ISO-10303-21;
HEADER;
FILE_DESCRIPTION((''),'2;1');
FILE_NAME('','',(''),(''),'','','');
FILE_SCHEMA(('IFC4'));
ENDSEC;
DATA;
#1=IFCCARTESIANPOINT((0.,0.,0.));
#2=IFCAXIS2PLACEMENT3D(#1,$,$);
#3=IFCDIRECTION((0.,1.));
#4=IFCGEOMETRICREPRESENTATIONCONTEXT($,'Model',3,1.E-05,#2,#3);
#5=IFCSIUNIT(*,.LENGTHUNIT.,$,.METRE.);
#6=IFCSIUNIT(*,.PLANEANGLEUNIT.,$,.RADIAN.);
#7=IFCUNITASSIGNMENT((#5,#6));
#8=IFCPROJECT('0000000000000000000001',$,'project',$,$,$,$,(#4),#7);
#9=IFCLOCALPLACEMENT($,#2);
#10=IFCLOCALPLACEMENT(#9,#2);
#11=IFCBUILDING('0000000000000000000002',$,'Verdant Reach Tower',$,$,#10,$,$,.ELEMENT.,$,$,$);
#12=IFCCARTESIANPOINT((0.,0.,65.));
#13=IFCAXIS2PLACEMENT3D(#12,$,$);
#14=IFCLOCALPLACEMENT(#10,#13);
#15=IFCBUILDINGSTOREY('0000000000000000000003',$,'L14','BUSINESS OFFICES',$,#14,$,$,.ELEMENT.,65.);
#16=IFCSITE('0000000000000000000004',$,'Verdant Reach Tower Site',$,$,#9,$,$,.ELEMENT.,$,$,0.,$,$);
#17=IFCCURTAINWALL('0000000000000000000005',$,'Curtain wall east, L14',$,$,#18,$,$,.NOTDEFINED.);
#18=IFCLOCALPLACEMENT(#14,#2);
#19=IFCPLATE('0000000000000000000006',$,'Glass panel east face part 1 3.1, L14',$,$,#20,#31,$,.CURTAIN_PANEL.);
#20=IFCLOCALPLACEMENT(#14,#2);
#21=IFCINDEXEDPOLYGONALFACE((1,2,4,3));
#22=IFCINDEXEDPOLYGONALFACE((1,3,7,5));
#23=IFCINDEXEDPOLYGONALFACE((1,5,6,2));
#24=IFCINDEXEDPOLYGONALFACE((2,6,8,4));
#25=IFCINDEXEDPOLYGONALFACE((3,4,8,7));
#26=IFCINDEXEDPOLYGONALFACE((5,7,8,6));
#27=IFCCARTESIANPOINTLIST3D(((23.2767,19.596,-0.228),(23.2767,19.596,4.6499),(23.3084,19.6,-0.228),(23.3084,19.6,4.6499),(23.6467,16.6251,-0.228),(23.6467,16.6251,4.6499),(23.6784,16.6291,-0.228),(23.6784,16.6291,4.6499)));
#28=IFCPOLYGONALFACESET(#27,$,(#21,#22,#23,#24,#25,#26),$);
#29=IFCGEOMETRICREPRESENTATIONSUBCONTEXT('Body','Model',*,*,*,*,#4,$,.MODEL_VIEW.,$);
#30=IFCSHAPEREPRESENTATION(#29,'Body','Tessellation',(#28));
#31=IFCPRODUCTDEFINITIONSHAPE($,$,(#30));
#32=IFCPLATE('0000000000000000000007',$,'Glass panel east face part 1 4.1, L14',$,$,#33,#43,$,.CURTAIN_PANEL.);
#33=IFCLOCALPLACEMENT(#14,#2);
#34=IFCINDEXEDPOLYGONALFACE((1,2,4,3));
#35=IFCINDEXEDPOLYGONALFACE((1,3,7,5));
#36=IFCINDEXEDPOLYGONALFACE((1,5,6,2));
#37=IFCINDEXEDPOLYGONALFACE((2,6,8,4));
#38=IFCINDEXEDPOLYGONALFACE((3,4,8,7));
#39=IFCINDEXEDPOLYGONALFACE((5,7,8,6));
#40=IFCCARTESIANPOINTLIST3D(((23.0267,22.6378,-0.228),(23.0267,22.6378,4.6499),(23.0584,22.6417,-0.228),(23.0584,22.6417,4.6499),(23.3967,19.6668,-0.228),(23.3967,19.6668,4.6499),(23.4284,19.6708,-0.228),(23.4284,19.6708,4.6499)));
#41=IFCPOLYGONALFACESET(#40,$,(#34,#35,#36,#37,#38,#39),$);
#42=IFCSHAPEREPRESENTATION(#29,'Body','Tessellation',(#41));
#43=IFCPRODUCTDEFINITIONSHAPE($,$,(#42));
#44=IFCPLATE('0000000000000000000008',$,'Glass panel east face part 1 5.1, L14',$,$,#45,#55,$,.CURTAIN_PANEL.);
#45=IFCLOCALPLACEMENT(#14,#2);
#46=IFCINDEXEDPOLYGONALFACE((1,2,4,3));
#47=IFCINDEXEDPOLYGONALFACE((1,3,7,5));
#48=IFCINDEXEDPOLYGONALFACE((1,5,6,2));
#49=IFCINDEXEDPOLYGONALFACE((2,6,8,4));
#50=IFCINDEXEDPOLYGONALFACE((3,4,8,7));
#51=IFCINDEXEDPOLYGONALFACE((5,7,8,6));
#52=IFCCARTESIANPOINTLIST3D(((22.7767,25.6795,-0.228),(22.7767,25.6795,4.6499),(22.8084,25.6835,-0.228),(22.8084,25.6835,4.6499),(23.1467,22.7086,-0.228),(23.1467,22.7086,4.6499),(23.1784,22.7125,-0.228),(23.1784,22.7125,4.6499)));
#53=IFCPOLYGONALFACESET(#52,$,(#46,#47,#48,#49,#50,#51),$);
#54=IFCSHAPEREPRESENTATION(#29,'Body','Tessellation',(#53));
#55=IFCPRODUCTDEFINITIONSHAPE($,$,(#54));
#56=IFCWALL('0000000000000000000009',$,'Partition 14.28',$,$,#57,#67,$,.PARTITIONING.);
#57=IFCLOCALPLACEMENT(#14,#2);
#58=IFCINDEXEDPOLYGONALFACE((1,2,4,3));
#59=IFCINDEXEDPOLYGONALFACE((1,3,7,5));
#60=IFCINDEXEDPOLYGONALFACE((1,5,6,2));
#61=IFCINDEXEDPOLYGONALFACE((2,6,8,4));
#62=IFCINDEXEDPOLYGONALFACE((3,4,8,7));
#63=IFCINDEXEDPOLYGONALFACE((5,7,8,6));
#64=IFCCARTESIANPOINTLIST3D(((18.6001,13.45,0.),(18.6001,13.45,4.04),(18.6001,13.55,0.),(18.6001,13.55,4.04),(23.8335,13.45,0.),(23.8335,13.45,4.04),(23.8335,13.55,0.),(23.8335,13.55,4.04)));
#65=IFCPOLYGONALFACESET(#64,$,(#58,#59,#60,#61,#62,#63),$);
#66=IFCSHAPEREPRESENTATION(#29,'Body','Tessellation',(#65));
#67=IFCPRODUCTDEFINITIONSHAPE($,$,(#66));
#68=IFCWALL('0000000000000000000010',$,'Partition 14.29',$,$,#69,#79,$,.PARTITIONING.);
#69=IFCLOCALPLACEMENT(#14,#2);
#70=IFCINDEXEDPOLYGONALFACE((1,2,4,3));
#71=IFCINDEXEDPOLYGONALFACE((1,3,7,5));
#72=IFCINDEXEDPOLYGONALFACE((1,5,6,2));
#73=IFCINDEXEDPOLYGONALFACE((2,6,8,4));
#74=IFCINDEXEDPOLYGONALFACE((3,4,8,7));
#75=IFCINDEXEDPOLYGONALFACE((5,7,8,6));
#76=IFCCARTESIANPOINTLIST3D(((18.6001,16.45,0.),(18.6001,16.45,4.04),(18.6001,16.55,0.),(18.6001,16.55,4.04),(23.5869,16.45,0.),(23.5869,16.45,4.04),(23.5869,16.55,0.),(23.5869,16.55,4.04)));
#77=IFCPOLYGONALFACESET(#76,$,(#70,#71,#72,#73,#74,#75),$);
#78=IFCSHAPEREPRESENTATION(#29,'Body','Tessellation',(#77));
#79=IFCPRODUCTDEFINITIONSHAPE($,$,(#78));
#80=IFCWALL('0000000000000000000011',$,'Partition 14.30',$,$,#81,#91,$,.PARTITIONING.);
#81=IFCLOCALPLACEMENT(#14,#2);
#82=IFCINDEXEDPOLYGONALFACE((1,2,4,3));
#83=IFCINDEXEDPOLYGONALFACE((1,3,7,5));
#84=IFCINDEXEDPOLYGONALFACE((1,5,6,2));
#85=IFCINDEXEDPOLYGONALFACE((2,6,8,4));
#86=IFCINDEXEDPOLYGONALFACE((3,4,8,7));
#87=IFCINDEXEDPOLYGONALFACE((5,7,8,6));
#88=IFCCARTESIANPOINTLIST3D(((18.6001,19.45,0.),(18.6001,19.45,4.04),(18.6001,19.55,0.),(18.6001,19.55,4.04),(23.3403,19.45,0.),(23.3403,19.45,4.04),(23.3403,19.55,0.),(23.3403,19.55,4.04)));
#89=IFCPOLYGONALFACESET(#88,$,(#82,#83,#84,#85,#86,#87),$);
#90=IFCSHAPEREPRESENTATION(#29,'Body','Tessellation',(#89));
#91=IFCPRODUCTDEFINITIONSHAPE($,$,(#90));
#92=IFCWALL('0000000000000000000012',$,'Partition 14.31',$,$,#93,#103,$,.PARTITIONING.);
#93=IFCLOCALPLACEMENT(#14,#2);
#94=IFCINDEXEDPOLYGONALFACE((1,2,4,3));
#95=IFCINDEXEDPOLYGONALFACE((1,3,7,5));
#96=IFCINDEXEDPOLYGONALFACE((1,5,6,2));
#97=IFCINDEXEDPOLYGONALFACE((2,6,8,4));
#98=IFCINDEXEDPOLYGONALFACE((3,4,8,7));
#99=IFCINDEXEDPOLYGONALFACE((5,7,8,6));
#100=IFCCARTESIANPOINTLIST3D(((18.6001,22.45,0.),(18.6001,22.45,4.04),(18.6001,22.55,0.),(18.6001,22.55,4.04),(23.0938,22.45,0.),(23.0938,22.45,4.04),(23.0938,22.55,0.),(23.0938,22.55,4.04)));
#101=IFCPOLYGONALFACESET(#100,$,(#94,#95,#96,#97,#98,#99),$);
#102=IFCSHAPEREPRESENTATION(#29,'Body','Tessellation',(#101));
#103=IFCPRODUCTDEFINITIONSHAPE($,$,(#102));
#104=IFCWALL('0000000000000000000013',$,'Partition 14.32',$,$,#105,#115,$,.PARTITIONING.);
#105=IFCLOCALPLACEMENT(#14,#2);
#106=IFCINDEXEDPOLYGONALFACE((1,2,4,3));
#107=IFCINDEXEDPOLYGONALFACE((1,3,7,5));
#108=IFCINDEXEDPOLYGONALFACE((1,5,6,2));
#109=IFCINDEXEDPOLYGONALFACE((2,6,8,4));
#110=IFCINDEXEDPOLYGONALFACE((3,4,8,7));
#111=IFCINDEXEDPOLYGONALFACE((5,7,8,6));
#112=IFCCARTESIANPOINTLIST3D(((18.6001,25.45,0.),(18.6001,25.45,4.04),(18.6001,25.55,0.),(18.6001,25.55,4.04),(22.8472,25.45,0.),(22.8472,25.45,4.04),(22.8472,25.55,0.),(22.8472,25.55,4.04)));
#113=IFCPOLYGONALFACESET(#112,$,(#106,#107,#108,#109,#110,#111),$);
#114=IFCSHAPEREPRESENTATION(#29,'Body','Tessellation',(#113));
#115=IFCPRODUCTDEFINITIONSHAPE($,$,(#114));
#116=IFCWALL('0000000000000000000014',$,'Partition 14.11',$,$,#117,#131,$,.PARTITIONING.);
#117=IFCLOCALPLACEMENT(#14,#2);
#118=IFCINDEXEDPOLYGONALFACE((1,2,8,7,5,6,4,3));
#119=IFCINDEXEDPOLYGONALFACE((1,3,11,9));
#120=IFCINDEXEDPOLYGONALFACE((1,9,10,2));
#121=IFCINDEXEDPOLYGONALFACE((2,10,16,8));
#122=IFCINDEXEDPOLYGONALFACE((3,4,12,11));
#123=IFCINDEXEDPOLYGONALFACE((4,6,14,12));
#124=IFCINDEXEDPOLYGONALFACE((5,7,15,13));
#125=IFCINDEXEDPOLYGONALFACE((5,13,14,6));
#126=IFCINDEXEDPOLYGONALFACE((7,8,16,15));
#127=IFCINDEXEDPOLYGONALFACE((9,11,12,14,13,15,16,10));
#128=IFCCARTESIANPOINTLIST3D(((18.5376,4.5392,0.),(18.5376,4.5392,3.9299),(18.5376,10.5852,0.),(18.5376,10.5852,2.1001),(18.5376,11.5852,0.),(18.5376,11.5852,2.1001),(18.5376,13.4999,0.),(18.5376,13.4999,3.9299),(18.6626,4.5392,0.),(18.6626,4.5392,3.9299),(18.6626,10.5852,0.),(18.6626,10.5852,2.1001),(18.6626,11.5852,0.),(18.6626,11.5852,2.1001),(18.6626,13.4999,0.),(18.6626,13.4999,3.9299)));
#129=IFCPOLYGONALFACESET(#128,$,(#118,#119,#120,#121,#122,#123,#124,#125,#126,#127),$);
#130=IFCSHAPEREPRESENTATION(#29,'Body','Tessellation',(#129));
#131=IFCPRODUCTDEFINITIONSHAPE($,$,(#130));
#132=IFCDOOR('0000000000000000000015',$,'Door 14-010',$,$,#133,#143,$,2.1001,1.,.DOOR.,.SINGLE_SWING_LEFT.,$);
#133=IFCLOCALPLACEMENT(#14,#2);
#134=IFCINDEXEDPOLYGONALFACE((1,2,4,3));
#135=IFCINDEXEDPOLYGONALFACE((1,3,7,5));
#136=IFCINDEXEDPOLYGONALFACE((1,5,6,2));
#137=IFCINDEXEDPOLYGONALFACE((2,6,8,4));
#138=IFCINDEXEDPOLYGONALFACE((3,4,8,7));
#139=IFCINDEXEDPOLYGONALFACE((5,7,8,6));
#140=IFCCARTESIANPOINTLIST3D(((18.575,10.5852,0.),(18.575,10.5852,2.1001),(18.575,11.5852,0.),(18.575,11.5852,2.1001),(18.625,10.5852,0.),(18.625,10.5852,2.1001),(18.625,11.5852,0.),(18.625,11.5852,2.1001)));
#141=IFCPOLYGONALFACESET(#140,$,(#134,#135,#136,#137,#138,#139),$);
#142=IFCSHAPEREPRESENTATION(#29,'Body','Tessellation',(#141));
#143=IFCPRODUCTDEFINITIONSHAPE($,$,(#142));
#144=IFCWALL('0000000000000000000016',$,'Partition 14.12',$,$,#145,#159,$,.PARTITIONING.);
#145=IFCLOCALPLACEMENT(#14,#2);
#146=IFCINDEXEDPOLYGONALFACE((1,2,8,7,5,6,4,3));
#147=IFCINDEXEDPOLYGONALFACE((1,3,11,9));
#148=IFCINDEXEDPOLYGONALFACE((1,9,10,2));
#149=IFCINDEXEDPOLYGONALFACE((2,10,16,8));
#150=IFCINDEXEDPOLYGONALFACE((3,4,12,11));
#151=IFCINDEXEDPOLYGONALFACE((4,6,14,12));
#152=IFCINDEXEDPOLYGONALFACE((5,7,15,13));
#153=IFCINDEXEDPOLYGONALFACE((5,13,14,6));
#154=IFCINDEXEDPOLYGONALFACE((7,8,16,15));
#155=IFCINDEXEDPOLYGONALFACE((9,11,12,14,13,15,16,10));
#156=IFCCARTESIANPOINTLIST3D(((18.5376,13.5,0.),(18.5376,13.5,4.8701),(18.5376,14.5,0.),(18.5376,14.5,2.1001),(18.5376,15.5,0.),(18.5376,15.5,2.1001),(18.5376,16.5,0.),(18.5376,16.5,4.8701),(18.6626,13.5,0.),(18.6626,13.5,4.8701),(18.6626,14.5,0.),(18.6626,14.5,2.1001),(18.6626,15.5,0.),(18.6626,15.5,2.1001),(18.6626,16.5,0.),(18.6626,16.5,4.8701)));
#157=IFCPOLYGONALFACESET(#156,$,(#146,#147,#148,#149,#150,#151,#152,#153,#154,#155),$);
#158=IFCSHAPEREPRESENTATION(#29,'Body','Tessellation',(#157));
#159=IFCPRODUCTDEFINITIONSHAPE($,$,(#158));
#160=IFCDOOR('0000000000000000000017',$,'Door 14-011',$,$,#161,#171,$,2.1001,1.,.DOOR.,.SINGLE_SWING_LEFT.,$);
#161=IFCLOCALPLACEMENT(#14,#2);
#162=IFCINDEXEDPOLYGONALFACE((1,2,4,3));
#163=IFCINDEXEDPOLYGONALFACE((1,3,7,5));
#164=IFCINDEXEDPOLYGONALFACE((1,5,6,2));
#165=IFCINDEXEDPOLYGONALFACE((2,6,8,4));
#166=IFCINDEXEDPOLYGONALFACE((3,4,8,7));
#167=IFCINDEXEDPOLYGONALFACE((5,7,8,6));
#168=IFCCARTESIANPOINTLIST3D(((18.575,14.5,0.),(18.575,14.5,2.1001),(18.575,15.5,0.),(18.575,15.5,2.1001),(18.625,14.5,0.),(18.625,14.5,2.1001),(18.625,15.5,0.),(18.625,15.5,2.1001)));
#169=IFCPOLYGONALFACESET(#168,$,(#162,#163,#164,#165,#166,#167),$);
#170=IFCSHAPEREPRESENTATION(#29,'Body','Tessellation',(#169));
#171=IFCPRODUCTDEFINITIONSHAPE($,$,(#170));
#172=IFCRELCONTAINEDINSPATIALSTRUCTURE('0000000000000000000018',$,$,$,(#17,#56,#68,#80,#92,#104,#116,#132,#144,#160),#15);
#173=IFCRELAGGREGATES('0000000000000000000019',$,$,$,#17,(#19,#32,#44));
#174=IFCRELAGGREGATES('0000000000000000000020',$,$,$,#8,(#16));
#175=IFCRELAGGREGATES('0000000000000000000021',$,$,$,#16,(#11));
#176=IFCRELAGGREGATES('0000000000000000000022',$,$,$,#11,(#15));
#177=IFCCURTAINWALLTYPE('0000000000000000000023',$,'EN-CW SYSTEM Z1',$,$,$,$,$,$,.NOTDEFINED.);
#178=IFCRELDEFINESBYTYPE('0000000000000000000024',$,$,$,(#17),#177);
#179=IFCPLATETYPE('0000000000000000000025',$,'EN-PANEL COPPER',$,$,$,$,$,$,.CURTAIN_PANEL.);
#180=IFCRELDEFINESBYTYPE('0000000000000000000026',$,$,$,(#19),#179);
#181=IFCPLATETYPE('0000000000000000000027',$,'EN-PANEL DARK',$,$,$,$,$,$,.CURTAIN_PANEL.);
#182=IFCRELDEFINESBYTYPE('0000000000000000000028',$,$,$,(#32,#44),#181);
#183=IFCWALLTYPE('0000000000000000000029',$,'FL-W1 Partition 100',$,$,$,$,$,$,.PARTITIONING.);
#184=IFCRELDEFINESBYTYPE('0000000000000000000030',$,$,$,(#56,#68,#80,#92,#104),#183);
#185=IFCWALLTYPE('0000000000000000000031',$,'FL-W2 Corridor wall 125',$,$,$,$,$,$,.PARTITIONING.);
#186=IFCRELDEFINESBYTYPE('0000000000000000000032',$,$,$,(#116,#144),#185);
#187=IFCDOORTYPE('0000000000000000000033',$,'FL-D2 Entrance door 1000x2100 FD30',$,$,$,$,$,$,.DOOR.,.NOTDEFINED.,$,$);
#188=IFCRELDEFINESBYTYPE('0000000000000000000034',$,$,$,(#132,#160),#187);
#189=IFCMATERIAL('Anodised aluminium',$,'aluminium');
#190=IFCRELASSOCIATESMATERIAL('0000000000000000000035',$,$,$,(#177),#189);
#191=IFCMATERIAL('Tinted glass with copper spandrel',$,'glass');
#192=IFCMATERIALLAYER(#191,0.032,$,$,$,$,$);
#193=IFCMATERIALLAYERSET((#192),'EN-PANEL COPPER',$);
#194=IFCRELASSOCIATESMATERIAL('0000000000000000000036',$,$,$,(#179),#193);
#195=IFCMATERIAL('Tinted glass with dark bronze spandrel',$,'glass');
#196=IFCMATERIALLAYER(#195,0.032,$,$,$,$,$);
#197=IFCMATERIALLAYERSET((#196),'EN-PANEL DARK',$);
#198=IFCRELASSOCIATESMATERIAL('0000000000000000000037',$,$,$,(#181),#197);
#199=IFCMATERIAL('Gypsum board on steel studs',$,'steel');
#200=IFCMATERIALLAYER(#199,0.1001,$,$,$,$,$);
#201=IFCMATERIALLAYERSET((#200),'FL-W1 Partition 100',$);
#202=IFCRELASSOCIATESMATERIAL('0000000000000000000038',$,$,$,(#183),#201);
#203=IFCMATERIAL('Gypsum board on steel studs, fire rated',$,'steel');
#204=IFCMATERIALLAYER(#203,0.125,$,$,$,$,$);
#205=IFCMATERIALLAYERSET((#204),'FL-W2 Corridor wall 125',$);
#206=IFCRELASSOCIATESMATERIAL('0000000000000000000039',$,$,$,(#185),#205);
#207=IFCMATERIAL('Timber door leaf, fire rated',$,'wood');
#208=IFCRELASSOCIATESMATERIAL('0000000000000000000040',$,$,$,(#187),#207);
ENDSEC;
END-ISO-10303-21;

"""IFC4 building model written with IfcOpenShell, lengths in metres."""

from ifc_helpers import new_model, si_unit, direction, frame, frame_2d, origin, origin_2d, place, context, subcontext, project, spatial, rectangle, extrude, material, layer, layer_set, type_object, element, fill, aggregate, save


model = new_model("IFC4")

# Units and contexts
model_context = context("Model", 3, precision=1e-05, world=origin(), true_north=direction((0.0, 1.0)))
body_context = subcontext(model_context, "Body", "Model", "MODEL_VIEW")
ifc_project = project(units=[si_unit("LENGTHUNIT", "METRE"), si_unit("PLANEANGLEUNIT", "RADIAN")], contexts=[model_context])

# Site, building, storey
site_placement = place(None, origin())
site = spatial("IfcSite", under=ifc_project, at=site_placement, Name="Verdant Reach Tower Site", CompositionType="ELEMENT", RefElevation=0.0)
building_placement = place(site_placement, origin())
building = spatial("IfcBuilding", under=site, at=building_placement, Name="Verdant Reach Tower", CompositionType="ELEMENT")
storey_placement = place(building_placement, frame((0.0, 0.0, 65.0)))
storey = spatial("IfcBuildingStorey", under=building, at=storey_placement, Name="L14", Description="BUSINESS OFFICES", CompositionType="ELEMENT", Elevation=65.0)

# Curtain wall
ifc_material_1 = material(Name="Anodised aluminium", Category="aluminium")
curtain_wall_type = type_object("IfcCurtainWallType", Name="EN-CW SYSTEM Z1", PredefinedType="NOTDEFINED", material=ifc_material_1)
curtain_wall_placement = place(storey_placement, origin())
curtain_wall = element("IfcCurtainWall", 1, at=curtain_wall_placement, inside=storey, type_object=curtain_wall_type, Name="Curtain wall east, L14", PredefinedType="NOTDEFINED")

# Plates
ifc_material_2 = material(Name="Tinted glass with copper spandrel", Category="glass")
ifc_layer_1 = layer(ifc_material_2, 0.032)
ifc_layer_set_1 = layer_set([ifc_layer_1], Name="EN-PANEL COPPER")
plate_type_1 = type_object("IfcPlateType", Name="EN-PANEL COPPER", PredefinedType="CURTAIN_PANEL", material=ifc_layer_set_1)
plate_1_placement = place(storey_placement, frame((23.4775, 18.1125, -0.228), z_axis=(0.0, 0.0, 1.0), x_axis=(-0.123579, 0.992335, 0.0)))
plate_1 = element("IfcPlate", 2, at=plate_1_placement, type_object=plate_type_1, Name="Glass panel east face part 1 3.1, L14", PredefinedType="CURTAIN_PANEL", context=body_context, shape_type="SweptSolid", body=[
    extrude(rectangle(XDim=2.9939, YDim=0.032, at=origin_2d()), origin(), (0.0, 0.0, 1.0), 4.8779),
])
ifc_material_3 = material(Name="Tinted glass with dark bronze spandrel", Category="glass")
ifc_layer_2 = layer(ifc_material_3, 0.032)
ifc_layer_set_2 = layer_set([ifc_layer_2], Name="EN-PANEL DARK")
plate_type_2 = type_object("IfcPlateType", Name="EN-PANEL DARK", PredefinedType="CURTAIN_PANEL", material=ifc_layer_set_2)
plate_2_placement = place(storey_placement, frame((23.2275, 21.1543, -0.228), z_axis=(0.0, 0.0, 1.0), x_axis=(-0.123579, 0.992335, 0.0)))
plate_2 = element("IfcPlate", 3, at=plate_2_placement, type_object=plate_type_2, Name="Glass panel east face part 1 4.1, L14", PredefinedType="CURTAIN_PANEL", context=body_context, shape_type="SweptSolid", body=[
    extrude(rectangle(XDim=2.9939, YDim=0.032, at=origin_2d()), origin(), (0.0, 0.0, 1.0), 4.8779),
])
plate_3_placement = place(storey_placement, frame((22.9775, 24.196, -0.228), z_axis=(0.0, 0.0, 1.0), x_axis=(-0.123579, 0.992335, 0.0)))
plate_3 = element("IfcPlate", 4, at=plate_3_placement, type_object=plate_type_2, Name="Glass panel east face part 1 5.1, L14", PredefinedType="CURTAIN_PANEL", context=body_context, shape_type="SweptSolid", body=[
    extrude(rectangle(XDim=2.9939, YDim=0.032, at=origin_2d()), origin(), (0.0, 0.0, 1.0), 4.8779),
])
aggregate(curtain_wall, [plate_1, plate_2, plate_3])

# Walls
ifc_material_4 = material(Name="Gypsum board on steel studs", Category="steel")
ifc_layer_3 = layer(ifc_material_4, 0.1001)
ifc_layer_set_3 = layer_set([ifc_layer_3], Name="FL-W1 Partition 100")
wall_type_1 = type_object("IfcWallType", Name="FL-W1 Partition 100", PredefinedType="PARTITIONING", material=ifc_layer_set_3)
wall_1_placement = place(storey_placement, frame((23.8335, 13.5, 0.0), z_axis=(0.0, 0.0, 1.0), x_axis=(-1.0, 0.0, 0.0)))
element("IfcWall", 5, at=wall_1_placement, inside=storey, type_object=wall_type_1, Name="Partition 14.28", PredefinedType="PARTITIONING", context=body_context, shape_type="SweptSolid", body=[
    extrude(rectangle(XDim=5.2334, YDim=0.1001, at=frame_2d((2.6167, 0.0))), origin(), (0.0, 0.0, 1.0), 4.04),
])
wall_2_placement = place(storey_placement, frame((23.5869, 16.5, 0.0), z_axis=(0.0, 0.0, 1.0), x_axis=(-1.0, 0.0, 0.0)))
element("IfcWall", 6, at=wall_2_placement, inside=storey, type_object=wall_type_1, Name="Partition 14.29", PredefinedType="PARTITIONING", context=body_context, shape_type="SweptSolid", body=[
    extrude(rectangle(XDim=4.9868, YDim=0.1001, at=frame_2d((2.4934, 0.0))), origin(), (0.0, 0.0, 1.0), 4.04),
])
wall_3_placement = place(storey_placement, frame((23.3403, 19.5, 0.0), z_axis=(0.0, 0.0, 1.0), x_axis=(-1.0, 0.0, 0.0)))
element("IfcWall", 7, at=wall_3_placement, inside=storey, type_object=wall_type_1, Name="Partition 14.30", PredefinedType="PARTITIONING", context=body_context, shape_type="SweptSolid", body=[
    extrude(rectangle(XDim=4.7402, YDim=0.1001, at=frame_2d((2.3701, 0.0))), origin(), (0.0, 0.0, 1.0), 4.04),
])
wall_4_placement = place(storey_placement, frame((23.0938, 22.5, 0.0), z_axis=(0.0, 0.0, 1.0), x_axis=(-1.0, 0.0, 0.0)))
element("IfcWall", 8, at=wall_4_placement, inside=storey, type_object=wall_type_1, Name="Partition 14.31", PredefinedType="PARTITIONING", context=body_context, shape_type="SweptSolid", body=[
    extrude(rectangle(XDim=4.4937, YDim=0.1001, at=frame_2d((2.2468, 0.0))), origin(), (0.0, 0.0, 1.0), 4.04),
])
wall_5_placement = place(storey_placement, frame((22.8472, 25.5, 0.0), z_axis=(0.0, 0.0, 1.0), x_axis=(-1.0, 0.0, 0.0)))
element("IfcWall", 9, at=wall_5_placement, inside=storey, type_object=wall_type_1, Name="Partition 14.32", PredefinedType="PARTITIONING", context=body_context, shape_type="SweptSolid", body=[
    extrude(rectangle(XDim=4.2471, YDim=0.1001, at=frame_2d((2.1235, 0.0))), origin(), (0.0, 0.0, 1.0), 4.04),
])

# Walls, openings, doors
ifc_material_5 = material(Name="Gypsum board on steel studs, fire rated", Category="steel")
ifc_layer_4 = layer(ifc_material_5, 0.125)
ifc_layer_set_4 = layer_set([ifc_layer_4], Name="FL-W2 Corridor wall 125")
wall_type_2 = type_object("IfcWallType", Name="FL-W2 Corridor wall 125", PredefinedType="PARTITIONING", material=ifc_layer_set_4)
wall_6_placement = place(storey_placement, frame((18.6001, 13.5, 0.0), z_axis=(0.0, 0.0, 1.0), x_axis=(0.0, -1.0, 0.0)))
wall_6 = element("IfcWall", 10, at=wall_6_placement, inside=storey, type_object=wall_type_2, Name="Partition 14.11", PredefinedType="PARTITIONING", context=body_context, shape_type="SweptSolid", body=[
    extrude(rectangle(XDim=8.9607, YDim=0.125, at=frame_2d((4.4805, 0.0))), origin(), (0.0, 0.0, 1.0), 3.9299),
])
opening_1_placement = place(wall_6_placement, frame((1.9148, 0.0, 0.0)))
opening_1 = element("IfcOpeningElement", 11, at=opening_1_placement, cuts=wall_6, PredefinedType="OPENING", context=body_context, shape_type="SweptSolid", body=[
    extrude(rectangle(XDim=1.0, YDim=2.1001, at=frame_2d((0.5, 1.05))), frame((0.0, 0.0725, 0.0), z_axis=(0.0, -1.0, 0.0), x_axis=(1.0, 0.0, 0.0)), (0.0, 0.0, 1.0), 0.145),
])
ifc_material_6 = material(Name="Timber door leaf, fire rated", Category="wood")
door_type_1 = type_object("IfcDoorType", Name="FL-D2 Entrance door 1000x2100 FD30", OperationType="NOTDEFINED", PredefinedType="DOOR", material=ifc_material_6)
door_1_placement = place(opening_1_placement, origin())
door_1 = element("IfcDoor", 12, at=door_1_placement, inside=storey, type_object=door_type_1, Name="Door 14-010", OperationType="SINGLE_SWING_LEFT", OverallHeight=2.1001, OverallWidth=1.0, PredefinedType="DOOR", context=body_context, shape_type="SweptSolid", body=[
    extrude(rectangle(XDim=1.0, YDim=2.1001, at=frame_2d((0.5, 1.05))), frame((0.0, 0.0249, 0.0), z_axis=(0.0, -1.0, 0.0), x_axis=(1.0, 0.0, 0.0)), (0.0, 0.0, 1.0), 0.05),
])
fill(opening_1, door_1)
wall_7_placement = place(storey_placement, frame((18.6001, 16.5, 0.0), z_axis=(0.0, 0.0, 1.0), x_axis=(0.0, -1.0, 0.0)))
wall_7 = element("IfcWall", 13, at=wall_7_placement, inside=storey, type_object=wall_type_2, Name="Partition 14.12", PredefinedType="PARTITIONING", context=body_context, shape_type="SweptSolid", body=[
    extrude(rectangle(XDim=3.0, YDim=0.125, at=frame_2d((1.5, 0.0))), origin(), (0.0, 0.0, 1.0), 4.8701),
])
opening_2_placement = place(wall_7_placement, frame((1.0, 0.0, 0.0)))
opening_2 = element("IfcOpeningElement", 14, at=opening_2_placement, cuts=wall_7, PredefinedType="OPENING", context=body_context, shape_type="SweptSolid", body=[
    extrude(rectangle(XDim=1.0, YDim=2.1001, at=frame_2d((0.5, 1.05))), frame((0.0, 0.0725, 0.0), z_axis=(0.0, -1.0, 0.0), x_axis=(1.0, 0.0, 0.0)), (0.0, 0.0, 1.0), 0.145),
])
door_2_placement = place(opening_2_placement, origin())
door_2 = element("IfcDoor", 15, at=door_2_placement, inside=storey, type_object=door_type_1, Name="Door 14-011", OperationType="SINGLE_SWING_LEFT", OverallHeight=2.1001, OverallWidth=1.0, PredefinedType="DOOR", context=body_context, shape_type="SweptSolid", body=[
    extrude(rectangle(XDim=1.0, YDim=2.1001, at=frame_2d((0.5, 1.05))), frame((0.0, 0.0249, 0.0), z_axis=(0.0, -1.0, 0.0), x_axis=(1.0, 0.0, 0.0)), (0.0, 0.0, 1.0), 0.05),
])
fill(opening_2, door_2)

save(model, "model.ifc")
